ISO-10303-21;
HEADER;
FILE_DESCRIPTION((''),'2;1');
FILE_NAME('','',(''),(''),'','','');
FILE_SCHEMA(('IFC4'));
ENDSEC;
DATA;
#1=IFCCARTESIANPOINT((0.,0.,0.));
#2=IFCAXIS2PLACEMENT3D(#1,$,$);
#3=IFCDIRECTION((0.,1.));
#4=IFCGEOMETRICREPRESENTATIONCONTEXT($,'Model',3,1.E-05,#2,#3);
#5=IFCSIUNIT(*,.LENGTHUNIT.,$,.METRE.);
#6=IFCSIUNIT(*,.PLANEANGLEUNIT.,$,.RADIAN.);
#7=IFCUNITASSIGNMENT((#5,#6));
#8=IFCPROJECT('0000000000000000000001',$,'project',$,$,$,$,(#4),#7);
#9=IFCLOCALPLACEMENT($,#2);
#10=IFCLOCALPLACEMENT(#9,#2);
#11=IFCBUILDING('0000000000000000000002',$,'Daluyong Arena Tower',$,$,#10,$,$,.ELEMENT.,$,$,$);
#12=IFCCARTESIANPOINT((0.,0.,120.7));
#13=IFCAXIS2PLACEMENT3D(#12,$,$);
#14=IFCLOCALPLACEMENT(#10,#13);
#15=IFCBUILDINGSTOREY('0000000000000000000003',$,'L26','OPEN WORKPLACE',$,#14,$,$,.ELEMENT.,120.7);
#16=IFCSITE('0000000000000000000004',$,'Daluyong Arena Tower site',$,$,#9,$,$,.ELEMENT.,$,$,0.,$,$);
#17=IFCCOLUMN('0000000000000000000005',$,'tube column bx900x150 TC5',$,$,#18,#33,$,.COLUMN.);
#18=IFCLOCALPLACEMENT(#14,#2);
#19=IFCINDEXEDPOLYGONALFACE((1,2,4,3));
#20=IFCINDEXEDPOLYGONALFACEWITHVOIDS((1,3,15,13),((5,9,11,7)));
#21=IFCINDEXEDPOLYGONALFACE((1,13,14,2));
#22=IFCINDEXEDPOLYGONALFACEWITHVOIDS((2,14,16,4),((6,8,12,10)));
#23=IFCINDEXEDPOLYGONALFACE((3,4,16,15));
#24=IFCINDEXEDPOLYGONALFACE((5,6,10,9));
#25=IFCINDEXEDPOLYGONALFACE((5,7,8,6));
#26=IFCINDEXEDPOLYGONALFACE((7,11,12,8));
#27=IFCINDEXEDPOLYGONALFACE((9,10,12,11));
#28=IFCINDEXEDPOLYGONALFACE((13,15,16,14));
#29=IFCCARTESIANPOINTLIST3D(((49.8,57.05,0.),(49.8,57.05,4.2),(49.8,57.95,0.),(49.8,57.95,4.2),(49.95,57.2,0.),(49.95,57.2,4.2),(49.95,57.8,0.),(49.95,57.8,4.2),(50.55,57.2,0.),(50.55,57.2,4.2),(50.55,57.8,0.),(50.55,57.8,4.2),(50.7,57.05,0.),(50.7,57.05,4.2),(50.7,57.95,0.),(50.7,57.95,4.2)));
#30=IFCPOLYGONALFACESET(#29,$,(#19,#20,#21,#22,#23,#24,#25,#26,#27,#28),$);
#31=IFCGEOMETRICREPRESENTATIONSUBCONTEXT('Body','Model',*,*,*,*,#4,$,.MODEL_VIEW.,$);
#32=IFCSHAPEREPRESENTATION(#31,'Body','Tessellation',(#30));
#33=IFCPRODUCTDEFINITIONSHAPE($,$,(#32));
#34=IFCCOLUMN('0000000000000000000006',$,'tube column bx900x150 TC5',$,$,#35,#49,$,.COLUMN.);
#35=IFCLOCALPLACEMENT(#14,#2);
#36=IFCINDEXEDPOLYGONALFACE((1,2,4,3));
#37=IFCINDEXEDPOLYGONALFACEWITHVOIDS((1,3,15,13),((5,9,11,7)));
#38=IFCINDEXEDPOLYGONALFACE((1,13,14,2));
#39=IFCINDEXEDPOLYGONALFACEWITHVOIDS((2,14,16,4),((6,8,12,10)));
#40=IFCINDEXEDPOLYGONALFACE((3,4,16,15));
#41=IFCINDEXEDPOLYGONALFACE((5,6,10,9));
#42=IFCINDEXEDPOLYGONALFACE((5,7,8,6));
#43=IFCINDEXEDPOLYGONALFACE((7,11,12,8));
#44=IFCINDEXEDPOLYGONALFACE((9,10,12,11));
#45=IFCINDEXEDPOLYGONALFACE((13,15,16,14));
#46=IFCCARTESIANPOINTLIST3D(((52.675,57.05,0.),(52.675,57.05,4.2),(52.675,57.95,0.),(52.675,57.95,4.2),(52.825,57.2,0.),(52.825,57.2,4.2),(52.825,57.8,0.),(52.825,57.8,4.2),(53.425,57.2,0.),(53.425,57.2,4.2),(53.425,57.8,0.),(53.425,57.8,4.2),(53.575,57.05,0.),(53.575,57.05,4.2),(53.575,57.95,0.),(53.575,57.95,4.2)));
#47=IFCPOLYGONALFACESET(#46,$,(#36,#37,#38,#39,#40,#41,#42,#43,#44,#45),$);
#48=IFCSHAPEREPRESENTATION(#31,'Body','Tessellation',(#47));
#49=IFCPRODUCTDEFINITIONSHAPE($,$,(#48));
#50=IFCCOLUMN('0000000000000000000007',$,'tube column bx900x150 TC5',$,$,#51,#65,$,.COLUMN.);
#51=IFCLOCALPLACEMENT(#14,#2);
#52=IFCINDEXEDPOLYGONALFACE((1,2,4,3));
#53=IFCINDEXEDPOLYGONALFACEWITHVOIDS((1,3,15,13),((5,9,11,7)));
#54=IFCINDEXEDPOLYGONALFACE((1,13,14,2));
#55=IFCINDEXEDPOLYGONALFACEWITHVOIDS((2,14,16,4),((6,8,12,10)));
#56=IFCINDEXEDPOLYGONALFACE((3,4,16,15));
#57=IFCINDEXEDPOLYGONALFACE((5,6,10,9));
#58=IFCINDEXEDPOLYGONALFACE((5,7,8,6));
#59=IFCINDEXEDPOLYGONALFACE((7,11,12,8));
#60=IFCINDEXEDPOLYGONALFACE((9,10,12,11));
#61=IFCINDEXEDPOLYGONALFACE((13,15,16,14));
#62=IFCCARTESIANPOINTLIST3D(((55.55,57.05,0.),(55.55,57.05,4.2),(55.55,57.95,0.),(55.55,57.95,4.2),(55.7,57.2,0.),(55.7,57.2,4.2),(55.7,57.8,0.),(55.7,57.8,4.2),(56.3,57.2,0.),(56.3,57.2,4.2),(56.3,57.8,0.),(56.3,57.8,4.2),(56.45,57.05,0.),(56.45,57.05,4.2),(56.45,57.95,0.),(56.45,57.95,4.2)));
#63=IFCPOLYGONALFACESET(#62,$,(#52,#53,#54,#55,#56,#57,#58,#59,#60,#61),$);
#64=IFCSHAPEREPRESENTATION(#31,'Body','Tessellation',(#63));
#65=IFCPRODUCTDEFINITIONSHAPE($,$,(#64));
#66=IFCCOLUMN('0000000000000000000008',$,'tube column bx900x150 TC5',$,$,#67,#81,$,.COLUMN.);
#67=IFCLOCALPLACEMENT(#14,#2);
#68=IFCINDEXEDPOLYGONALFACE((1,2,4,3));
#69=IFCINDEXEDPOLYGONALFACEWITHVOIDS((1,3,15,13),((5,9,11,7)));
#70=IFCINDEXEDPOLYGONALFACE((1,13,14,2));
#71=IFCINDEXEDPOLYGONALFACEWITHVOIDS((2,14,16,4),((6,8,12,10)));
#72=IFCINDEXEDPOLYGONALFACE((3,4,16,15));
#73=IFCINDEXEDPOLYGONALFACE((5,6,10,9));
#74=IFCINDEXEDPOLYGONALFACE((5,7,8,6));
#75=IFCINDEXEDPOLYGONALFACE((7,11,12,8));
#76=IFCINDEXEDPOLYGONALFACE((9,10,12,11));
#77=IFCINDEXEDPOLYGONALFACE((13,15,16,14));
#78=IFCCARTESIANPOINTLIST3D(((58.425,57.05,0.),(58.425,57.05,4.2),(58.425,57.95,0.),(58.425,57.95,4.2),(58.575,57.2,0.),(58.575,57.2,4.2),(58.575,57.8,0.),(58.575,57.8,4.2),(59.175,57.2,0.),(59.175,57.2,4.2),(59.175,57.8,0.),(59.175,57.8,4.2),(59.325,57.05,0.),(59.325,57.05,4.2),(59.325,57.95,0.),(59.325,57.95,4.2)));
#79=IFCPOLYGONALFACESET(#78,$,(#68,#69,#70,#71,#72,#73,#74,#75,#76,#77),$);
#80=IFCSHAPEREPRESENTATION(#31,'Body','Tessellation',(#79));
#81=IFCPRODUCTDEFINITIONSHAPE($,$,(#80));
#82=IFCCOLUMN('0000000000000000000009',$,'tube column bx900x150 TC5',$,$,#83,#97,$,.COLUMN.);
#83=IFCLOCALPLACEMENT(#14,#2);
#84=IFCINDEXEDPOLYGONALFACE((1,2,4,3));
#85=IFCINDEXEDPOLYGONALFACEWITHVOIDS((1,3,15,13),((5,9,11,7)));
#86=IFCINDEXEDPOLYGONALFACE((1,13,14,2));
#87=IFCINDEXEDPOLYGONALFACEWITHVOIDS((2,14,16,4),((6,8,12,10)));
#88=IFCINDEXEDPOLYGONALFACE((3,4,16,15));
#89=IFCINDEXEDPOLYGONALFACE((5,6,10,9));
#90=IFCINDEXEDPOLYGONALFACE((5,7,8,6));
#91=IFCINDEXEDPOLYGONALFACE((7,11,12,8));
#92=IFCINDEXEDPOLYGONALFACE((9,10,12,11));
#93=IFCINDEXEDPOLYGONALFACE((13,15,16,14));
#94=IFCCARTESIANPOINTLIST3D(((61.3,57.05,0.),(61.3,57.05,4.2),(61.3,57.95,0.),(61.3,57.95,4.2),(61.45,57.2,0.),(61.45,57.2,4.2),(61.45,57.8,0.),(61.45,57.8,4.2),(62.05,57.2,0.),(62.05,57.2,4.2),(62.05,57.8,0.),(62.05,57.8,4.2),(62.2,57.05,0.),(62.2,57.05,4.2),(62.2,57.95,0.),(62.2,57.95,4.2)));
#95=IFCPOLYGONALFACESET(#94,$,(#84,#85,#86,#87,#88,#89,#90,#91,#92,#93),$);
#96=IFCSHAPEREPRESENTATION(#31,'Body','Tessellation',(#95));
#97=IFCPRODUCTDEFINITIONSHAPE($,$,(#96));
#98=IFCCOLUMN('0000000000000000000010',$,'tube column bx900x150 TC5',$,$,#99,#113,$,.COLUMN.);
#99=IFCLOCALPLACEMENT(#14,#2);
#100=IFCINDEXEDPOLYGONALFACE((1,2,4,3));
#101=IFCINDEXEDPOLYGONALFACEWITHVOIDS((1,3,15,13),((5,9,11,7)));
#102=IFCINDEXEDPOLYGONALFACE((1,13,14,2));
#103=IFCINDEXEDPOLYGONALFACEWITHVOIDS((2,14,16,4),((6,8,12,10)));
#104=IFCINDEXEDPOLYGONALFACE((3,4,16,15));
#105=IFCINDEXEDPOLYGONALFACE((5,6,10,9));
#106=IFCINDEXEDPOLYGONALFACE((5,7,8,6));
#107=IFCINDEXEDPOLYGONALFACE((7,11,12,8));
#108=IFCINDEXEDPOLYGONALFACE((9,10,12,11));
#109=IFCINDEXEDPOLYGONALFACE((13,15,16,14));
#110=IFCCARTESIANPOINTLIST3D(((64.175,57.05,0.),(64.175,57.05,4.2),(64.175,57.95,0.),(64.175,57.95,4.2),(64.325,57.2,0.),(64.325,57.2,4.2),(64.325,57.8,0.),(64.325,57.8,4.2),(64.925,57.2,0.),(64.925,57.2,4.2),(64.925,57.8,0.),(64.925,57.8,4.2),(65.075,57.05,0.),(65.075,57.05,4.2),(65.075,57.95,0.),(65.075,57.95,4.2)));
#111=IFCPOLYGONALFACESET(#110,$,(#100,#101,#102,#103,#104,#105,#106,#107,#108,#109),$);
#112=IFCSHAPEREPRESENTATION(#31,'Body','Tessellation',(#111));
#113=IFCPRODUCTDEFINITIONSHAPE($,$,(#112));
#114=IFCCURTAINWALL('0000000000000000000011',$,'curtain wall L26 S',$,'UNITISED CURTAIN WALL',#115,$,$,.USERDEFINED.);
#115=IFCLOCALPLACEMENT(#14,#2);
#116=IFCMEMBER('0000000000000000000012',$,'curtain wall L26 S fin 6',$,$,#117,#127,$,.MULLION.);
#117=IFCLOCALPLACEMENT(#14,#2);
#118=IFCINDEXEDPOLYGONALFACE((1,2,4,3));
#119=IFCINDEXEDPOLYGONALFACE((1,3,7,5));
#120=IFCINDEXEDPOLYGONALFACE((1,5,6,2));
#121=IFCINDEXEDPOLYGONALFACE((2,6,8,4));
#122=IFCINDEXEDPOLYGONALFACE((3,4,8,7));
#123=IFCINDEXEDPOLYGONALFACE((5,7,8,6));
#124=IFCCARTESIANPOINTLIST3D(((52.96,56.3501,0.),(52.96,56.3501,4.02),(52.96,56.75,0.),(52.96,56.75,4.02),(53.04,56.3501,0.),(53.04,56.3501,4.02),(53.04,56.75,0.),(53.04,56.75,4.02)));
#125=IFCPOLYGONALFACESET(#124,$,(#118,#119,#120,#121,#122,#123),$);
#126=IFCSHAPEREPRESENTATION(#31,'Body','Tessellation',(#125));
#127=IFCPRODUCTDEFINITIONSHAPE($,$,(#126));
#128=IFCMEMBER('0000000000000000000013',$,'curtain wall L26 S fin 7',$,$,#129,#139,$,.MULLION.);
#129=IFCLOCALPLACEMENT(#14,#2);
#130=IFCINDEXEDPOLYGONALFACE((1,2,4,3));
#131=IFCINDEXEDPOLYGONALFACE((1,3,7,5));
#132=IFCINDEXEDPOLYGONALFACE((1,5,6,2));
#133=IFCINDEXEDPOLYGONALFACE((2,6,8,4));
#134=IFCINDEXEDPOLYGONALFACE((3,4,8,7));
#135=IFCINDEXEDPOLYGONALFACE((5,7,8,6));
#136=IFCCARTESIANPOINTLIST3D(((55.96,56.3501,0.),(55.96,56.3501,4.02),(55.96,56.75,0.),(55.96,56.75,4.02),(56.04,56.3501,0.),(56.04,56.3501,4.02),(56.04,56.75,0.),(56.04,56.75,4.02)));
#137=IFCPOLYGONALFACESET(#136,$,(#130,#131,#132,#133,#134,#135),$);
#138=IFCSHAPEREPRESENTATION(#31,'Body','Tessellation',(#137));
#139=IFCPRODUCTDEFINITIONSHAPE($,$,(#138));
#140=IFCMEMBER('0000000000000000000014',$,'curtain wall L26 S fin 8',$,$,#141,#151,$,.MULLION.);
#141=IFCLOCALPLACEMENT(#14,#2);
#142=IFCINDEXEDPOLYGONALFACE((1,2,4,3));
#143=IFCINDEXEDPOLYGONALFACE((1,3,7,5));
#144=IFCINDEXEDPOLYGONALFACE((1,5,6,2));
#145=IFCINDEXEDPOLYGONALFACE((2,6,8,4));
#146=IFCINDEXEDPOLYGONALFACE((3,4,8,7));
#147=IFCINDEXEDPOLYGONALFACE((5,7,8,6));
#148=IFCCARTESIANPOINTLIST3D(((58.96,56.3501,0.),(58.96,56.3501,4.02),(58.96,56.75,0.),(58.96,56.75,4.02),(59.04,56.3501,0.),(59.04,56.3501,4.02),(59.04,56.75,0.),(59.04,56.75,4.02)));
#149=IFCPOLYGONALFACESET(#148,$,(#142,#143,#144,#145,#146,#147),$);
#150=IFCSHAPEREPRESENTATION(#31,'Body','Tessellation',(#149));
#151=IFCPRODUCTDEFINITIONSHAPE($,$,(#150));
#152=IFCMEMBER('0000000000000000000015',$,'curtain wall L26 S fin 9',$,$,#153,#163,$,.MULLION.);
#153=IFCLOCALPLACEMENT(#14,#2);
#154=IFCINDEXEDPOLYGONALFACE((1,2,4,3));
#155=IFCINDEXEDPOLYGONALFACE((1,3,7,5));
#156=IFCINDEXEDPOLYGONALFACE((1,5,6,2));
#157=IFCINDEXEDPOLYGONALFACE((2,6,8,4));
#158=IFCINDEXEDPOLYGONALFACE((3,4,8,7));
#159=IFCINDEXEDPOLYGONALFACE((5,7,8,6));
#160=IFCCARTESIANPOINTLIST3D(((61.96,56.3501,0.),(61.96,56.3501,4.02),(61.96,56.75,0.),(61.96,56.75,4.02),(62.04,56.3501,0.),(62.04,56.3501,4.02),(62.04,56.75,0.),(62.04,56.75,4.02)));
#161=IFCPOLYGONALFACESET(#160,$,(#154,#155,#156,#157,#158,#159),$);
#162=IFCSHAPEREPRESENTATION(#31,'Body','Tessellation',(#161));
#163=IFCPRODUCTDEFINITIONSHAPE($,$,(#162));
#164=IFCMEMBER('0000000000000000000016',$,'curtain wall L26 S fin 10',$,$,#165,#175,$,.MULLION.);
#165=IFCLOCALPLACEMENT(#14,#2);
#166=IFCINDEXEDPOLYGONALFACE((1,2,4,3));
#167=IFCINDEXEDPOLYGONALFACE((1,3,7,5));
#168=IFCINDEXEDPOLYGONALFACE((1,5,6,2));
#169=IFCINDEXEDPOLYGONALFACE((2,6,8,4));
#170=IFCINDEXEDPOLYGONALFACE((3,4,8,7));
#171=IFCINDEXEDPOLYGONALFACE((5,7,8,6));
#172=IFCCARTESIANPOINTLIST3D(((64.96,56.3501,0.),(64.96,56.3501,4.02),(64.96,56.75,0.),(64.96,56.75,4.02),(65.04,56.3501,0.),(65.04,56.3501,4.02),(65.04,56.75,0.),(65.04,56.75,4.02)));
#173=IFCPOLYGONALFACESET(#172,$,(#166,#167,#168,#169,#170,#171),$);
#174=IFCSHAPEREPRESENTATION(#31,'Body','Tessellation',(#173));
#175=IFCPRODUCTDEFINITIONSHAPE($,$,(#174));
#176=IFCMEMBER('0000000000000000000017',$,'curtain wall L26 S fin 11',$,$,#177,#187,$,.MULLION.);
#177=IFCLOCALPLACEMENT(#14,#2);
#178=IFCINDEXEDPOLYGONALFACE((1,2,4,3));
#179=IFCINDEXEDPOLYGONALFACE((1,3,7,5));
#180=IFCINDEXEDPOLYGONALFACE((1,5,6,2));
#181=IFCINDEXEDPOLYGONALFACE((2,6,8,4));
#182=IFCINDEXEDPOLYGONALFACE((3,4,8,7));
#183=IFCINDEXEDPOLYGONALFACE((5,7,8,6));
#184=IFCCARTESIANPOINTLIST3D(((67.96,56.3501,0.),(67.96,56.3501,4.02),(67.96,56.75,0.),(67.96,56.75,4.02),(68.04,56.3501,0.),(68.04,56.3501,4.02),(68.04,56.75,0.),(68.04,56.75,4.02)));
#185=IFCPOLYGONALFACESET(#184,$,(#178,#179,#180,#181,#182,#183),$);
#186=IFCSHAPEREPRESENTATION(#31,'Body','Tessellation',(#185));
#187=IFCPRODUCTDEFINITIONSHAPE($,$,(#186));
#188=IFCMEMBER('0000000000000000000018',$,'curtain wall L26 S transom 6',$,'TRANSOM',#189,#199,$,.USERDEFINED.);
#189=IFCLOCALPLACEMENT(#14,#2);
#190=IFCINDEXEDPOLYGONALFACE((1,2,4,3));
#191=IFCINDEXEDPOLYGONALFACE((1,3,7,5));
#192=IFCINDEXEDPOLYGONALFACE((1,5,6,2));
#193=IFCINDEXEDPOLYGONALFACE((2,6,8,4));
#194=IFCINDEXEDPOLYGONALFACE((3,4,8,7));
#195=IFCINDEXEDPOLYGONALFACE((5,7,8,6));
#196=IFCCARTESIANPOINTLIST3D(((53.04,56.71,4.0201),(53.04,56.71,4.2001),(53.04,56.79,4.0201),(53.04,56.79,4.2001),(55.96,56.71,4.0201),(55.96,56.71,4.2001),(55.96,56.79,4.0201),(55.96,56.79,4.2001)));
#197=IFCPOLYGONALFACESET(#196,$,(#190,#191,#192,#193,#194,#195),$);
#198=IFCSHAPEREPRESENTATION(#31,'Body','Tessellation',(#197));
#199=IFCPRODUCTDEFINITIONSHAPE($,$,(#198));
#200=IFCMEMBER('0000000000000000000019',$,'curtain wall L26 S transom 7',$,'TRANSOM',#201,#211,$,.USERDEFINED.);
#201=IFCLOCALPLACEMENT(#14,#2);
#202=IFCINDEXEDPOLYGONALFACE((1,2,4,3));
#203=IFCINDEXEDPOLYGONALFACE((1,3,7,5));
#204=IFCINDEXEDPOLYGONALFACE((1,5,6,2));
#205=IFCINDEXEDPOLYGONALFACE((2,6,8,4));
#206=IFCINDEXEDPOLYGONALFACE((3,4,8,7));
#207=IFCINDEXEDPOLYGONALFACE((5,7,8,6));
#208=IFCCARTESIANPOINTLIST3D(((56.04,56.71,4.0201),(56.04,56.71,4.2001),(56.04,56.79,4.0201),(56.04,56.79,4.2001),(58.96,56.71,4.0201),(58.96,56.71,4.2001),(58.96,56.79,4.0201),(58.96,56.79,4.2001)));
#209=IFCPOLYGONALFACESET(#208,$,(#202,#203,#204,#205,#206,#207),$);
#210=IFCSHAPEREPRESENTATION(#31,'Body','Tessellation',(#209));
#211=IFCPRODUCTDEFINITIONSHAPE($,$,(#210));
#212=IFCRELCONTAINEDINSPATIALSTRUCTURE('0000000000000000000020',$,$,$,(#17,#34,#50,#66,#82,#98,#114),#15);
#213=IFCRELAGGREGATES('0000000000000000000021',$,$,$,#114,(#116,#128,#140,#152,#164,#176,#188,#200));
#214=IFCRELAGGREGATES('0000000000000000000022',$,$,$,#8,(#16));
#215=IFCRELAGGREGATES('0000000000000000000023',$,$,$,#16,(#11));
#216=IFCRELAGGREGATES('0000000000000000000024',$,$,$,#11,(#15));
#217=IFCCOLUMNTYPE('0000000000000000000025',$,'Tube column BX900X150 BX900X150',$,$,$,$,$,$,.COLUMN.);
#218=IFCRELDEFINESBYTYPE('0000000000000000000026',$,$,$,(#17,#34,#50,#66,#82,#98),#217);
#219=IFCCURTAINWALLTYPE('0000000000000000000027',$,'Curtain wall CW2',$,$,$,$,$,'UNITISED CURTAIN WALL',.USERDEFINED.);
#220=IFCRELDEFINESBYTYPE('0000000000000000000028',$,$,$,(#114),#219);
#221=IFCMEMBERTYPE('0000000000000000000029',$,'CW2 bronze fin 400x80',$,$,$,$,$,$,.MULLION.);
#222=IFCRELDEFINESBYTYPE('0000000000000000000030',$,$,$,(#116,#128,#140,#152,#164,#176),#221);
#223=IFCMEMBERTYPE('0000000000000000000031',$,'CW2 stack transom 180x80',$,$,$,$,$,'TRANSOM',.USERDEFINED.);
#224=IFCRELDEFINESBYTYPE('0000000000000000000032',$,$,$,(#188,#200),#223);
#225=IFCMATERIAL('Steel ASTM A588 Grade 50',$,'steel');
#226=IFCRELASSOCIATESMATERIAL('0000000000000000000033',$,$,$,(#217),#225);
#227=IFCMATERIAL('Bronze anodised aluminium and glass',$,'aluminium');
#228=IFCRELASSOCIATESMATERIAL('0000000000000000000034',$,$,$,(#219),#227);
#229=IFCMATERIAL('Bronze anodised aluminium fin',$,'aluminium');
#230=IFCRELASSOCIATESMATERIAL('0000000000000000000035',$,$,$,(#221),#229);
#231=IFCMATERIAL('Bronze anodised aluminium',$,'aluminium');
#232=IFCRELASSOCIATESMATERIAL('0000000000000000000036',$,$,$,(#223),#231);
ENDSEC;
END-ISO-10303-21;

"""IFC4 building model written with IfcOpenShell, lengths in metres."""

from ifc_helpers import new_model, si_unit, direction, frame, origin, origin_2d, place, context, subcontext, project, spatial, rectangle, hollow_rectangle, extrude, material, material_profile, profile_set, type_object, element, aggregate, save


model = new_model("IFC4")

# Units and contexts
model_context = context("Model", 3, precision=1e-05, world=origin(), true_north=direction((0.0, 1.0)))
body_context = subcontext(model_context, "Body", "Model", "MODEL_VIEW")
ifc_project = project(units=[si_unit("LENGTHUNIT", "METRE"), si_unit("PLANEANGLEUNIT", "RADIAN")], contexts=[model_context])

# Site, building, storey
site_placement = place(None, origin())
site = spatial("IfcSite", under=ifc_project, at=site_placement, Name="Daluyong Arena Tower site", CompositionType="ELEMENT", RefElevation=0.0)
building_placement = place(site_placement, origin())
building = spatial("IfcBuilding", under=site, at=building_placement, Name="Daluyong Arena Tower", CompositionType="ELEMENT")
storey_placement = place(building_placement, frame((0.0, 0.0, 120.7)))
storey = spatial("IfcBuildingStorey", under=building, at=storey_placement, Name="L26", Description="OPEN WORKPLACE", CompositionType="ELEMENT", Elevation=120.7)

# Columns
ifc_material_1 = material(Name="Steel ASTM A588 Grade 50", Category="steel")
ifc_material_profile_1 = material_profile(ifc_material_1, hollow_rectangle(XDim=0.8999, YDim=0.8999, WallThickness=0.15, at=origin_2d()))
ifc_profile_set_1 = profile_set([ifc_material_profile_1], Name="Steel ASTM A588 Grade 50")
column_type = type_object("IfcColumnType", Name="Tube column BX900X150 BX900X150", PredefinedType="COLUMN", material=ifc_profile_set_1)
for number, where, z_axis, x_axis, name in (
    (1, (50.25, 57.5, 0.0), (0.0, 0.0, 1.0), (1.0, 0.0, 0.0), "tube column bx900x150 TC5"),
    (2, (53.125, 57.5, 0.0), (0.0, 0.0, 1.0), (1.0, 0.0, 0.0), "tube column bx900x150 TC5"),
    (3, (56.0, 57.5, 0.0), (0.0, 0.0, 1.0), (1.0, 0.0, 0.0), "tube column bx900x150 TC5"),
    (4, (58.875, 57.5, 0.0), (0.0, 0.0, 1.0), (1.0, 0.0, 0.0), "tube column bx900x150 TC5"),
    (5, (61.75, 57.5, 0.0), (0.0, 0.0, 1.0), (1.0, 0.0, 0.0), "tube column bx900x150 TC5"),
    (6, (64.625, 57.5, 0.0), (0.0, 0.0, 1.0), (1.0, 0.0, 0.0), "tube column bx900x150 TC5"),
):
    element("IfcColumn", number, at=place(storey_placement, frame(where, z_axis=z_axis, x_axis=x_axis)), inside=storey, type_object=column_type, Name=name, PredefinedType="COLUMN", context=body_context, shape_type="SweptSolid", body=[
        extrude(hollow_rectangle(XDim=0.8999, YDim=0.8999, WallThickness=0.15, at=origin_2d()), origin(), (0.0, 0.0, 1.0), 4.2),
    ])

# Curtain wall, members
ifc_material_2 = material(Name="Bronze anodised aluminium and glass", Category="aluminium")
curtain_wall_type = type_object("IfcCurtainWallType", Name="Curtain wall CW2", ElementType="UNITISED CURTAIN WALL", PredefinedType="USERDEFINED", material=ifc_material_2)
curtain_wall_placement = place(storey_placement, origin())
curtain_wall = element("IfcCurtainWall", 7, at=curtain_wall_placement, inside=storey, type_object=curtain_wall_type, Name="curtain wall L26 S", ObjectType="UNITISED CURTAIN WALL", PredefinedType="USERDEFINED")
ifc_material_3 = material(Name="Bronze anodised aluminium fin", Category="aluminium")
ifc_material_profile_2 = material_profile(ifc_material_3, rectangle(XDim=0.3999, YDim=0.0801, at=origin_2d()))
ifc_profile_set_2 = profile_set([ifc_material_profile_2], Name="Bronze anodised aluminium fin")
member_type_1 = type_object("IfcMemberType", Name="CW2 bronze fin 400x80", PredefinedType="MULLION", material=ifc_profile_set_2)
member_1_placement = place(storey_placement, frame((53.0, 56.55, 0.0), z_axis=(0.0, 0.0, 1.0), x_axis=(0.0, 1.0, 0.0)))
member_1 = element("IfcMember", 8, at=member_1_placement, type_object=member_type_1, Name="curtain wall L26 S fin 6", PredefinedType="MULLION", context=body_context, shape_type="SweptSolid", body=[
    extrude(rectangle(XDim=0.3999, YDim=0.0801, at=origin_2d()), origin(), (0.0, 0.0, 1.0), 4.02),
])
member_2_placement = place(storey_placement, frame((56.0, 56.55, 0.0), z_axis=(0.0, 0.0, 1.0), x_axis=(0.0, 1.0, 0.0)))
member_2 = element("IfcMember", 9, at=member_2_placement, type_object=member_type_1, Name="curtain wall L26 S fin 7", PredefinedType="MULLION", context=body_context, shape_type="SweptSolid", body=[
    extrude(rectangle(XDim=0.3999, YDim=0.0801, at=origin_2d()), origin(), (0.0, 0.0, 1.0), 4.02),
])
member_3_placement = place(storey_placement, frame((59.0, 56.55, 0.0), z_axis=(0.0, 0.0, 1.0), x_axis=(0.0, 1.0, 0.0)))
member_3 = element("IfcMember", 10, at=member_3_placement, type_object=member_type_1, Name="curtain wall L26 S fin 8", PredefinedType="MULLION", context=body_context, shape_type="SweptSolid", body=[
    extrude(rectangle(XDim=0.3999, YDim=0.0801, at=origin_2d()), origin(), (0.0, 0.0, 1.0), 4.02),
])
member_4_placement = place(storey_placement, frame((62.0, 56.55, 0.0), z_axis=(0.0, 0.0, 1.0), x_axis=(0.0, 1.0, 0.0)))
member_4 = element("IfcMember", 11, at=member_4_placement, type_object=member_type_1, Name="curtain wall L26 S fin 9", PredefinedType="MULLION", context=body_context, shape_type="SweptSolid", body=[
    extrude(rectangle(XDim=0.3999, YDim=0.0801, at=origin_2d()), origin(), (0.0, 0.0, 1.0), 4.02),
])
member_5_placement = place(storey_placement, frame((65.0, 56.55, 0.0), z_axis=(0.0, 0.0, 1.0), x_axis=(0.0, 1.0, 0.0)))
member_5 = element("IfcMember", 12, at=member_5_placement, type_object=member_type_1, Name="curtain wall L26 S fin 10", PredefinedType="MULLION", context=body_context, shape_type="SweptSolid", body=[
    extrude(rectangle(XDim=0.3999, YDim=0.0801, at=origin_2d()), origin(), (0.0, 0.0, 1.0), 4.02),
])
member_6_placement = place(storey_placement, frame((68.0, 56.55, 0.0), z_axis=(0.0, 0.0, 1.0), x_axis=(0.0, 1.0, 0.0)))
member_6 = element("IfcMember", 13, at=member_6_placement, type_object=member_type_1, Name="curtain wall L26 S fin 11", PredefinedType="MULLION", context=body_context, shape_type="SweptSolid", body=[
    extrude(rectangle(XDim=0.3999, YDim=0.0801, at=origin_2d()), origin(), (0.0, 0.0, 1.0), 4.02),
])
ifc_material_4 = material(Name="Bronze anodised aluminium", Category="aluminium")
ifc_material_profile_3 = material_profile(ifc_material_4, rectangle(XDim=0.0801, YDim=0.1799, at=origin_2d()))
ifc_profile_set_3 = profile_set([ifc_material_profile_3], Name="Bronze anodised aluminium")
member_type_2 = type_object("IfcMemberType", Name="CW2 stack transom 180x80", ElementType="TRANSOM", PredefinedType="USERDEFINED", material=ifc_profile_set_3)
member_7_placement = place(storey_placement, frame((53.04, 56.75, 4.1101), z_axis=(1.0, 0.0, 0.0), x_axis=(0.0, 1.0, 0.0)))
member_7 = element("IfcMember", 14, at=member_7_placement, type_object=member_type_2, Name="curtain wall L26 S transom 6", ObjectType="TRANSOM", PredefinedType="USERDEFINED", context=body_context, shape_type="SweptSolid", body=[
    extrude(rectangle(XDim=0.0801, YDim=0.1799, at=origin_2d()), origin(), (0.0, 0.0, 1.0), 2.9199),
])
member_8_placement = place(storey_placement, frame((56.04, 56.75, 4.1101), z_axis=(1.0, 0.0, 0.0), x_axis=(0.0, 1.0, 0.0)))
member_8 = element("IfcMember", 15, at=member_8_placement, type_object=member_type_2, Name="curtain wall L26 S transom 7", ObjectType="TRANSOM", PredefinedType="USERDEFINED", context=body_context, shape_type="SweptSolid", body=[
    extrude(rectangle(XDim=0.0801, YDim=0.1799, at=origin_2d()), origin(), (0.0, 0.0, 1.0), 2.9199),
])

aggregate(curtain_wall, [member_1, member_2, member_3, member_4, member_5, member_6, member_7, member_8])

save(model, "model.ifc")
